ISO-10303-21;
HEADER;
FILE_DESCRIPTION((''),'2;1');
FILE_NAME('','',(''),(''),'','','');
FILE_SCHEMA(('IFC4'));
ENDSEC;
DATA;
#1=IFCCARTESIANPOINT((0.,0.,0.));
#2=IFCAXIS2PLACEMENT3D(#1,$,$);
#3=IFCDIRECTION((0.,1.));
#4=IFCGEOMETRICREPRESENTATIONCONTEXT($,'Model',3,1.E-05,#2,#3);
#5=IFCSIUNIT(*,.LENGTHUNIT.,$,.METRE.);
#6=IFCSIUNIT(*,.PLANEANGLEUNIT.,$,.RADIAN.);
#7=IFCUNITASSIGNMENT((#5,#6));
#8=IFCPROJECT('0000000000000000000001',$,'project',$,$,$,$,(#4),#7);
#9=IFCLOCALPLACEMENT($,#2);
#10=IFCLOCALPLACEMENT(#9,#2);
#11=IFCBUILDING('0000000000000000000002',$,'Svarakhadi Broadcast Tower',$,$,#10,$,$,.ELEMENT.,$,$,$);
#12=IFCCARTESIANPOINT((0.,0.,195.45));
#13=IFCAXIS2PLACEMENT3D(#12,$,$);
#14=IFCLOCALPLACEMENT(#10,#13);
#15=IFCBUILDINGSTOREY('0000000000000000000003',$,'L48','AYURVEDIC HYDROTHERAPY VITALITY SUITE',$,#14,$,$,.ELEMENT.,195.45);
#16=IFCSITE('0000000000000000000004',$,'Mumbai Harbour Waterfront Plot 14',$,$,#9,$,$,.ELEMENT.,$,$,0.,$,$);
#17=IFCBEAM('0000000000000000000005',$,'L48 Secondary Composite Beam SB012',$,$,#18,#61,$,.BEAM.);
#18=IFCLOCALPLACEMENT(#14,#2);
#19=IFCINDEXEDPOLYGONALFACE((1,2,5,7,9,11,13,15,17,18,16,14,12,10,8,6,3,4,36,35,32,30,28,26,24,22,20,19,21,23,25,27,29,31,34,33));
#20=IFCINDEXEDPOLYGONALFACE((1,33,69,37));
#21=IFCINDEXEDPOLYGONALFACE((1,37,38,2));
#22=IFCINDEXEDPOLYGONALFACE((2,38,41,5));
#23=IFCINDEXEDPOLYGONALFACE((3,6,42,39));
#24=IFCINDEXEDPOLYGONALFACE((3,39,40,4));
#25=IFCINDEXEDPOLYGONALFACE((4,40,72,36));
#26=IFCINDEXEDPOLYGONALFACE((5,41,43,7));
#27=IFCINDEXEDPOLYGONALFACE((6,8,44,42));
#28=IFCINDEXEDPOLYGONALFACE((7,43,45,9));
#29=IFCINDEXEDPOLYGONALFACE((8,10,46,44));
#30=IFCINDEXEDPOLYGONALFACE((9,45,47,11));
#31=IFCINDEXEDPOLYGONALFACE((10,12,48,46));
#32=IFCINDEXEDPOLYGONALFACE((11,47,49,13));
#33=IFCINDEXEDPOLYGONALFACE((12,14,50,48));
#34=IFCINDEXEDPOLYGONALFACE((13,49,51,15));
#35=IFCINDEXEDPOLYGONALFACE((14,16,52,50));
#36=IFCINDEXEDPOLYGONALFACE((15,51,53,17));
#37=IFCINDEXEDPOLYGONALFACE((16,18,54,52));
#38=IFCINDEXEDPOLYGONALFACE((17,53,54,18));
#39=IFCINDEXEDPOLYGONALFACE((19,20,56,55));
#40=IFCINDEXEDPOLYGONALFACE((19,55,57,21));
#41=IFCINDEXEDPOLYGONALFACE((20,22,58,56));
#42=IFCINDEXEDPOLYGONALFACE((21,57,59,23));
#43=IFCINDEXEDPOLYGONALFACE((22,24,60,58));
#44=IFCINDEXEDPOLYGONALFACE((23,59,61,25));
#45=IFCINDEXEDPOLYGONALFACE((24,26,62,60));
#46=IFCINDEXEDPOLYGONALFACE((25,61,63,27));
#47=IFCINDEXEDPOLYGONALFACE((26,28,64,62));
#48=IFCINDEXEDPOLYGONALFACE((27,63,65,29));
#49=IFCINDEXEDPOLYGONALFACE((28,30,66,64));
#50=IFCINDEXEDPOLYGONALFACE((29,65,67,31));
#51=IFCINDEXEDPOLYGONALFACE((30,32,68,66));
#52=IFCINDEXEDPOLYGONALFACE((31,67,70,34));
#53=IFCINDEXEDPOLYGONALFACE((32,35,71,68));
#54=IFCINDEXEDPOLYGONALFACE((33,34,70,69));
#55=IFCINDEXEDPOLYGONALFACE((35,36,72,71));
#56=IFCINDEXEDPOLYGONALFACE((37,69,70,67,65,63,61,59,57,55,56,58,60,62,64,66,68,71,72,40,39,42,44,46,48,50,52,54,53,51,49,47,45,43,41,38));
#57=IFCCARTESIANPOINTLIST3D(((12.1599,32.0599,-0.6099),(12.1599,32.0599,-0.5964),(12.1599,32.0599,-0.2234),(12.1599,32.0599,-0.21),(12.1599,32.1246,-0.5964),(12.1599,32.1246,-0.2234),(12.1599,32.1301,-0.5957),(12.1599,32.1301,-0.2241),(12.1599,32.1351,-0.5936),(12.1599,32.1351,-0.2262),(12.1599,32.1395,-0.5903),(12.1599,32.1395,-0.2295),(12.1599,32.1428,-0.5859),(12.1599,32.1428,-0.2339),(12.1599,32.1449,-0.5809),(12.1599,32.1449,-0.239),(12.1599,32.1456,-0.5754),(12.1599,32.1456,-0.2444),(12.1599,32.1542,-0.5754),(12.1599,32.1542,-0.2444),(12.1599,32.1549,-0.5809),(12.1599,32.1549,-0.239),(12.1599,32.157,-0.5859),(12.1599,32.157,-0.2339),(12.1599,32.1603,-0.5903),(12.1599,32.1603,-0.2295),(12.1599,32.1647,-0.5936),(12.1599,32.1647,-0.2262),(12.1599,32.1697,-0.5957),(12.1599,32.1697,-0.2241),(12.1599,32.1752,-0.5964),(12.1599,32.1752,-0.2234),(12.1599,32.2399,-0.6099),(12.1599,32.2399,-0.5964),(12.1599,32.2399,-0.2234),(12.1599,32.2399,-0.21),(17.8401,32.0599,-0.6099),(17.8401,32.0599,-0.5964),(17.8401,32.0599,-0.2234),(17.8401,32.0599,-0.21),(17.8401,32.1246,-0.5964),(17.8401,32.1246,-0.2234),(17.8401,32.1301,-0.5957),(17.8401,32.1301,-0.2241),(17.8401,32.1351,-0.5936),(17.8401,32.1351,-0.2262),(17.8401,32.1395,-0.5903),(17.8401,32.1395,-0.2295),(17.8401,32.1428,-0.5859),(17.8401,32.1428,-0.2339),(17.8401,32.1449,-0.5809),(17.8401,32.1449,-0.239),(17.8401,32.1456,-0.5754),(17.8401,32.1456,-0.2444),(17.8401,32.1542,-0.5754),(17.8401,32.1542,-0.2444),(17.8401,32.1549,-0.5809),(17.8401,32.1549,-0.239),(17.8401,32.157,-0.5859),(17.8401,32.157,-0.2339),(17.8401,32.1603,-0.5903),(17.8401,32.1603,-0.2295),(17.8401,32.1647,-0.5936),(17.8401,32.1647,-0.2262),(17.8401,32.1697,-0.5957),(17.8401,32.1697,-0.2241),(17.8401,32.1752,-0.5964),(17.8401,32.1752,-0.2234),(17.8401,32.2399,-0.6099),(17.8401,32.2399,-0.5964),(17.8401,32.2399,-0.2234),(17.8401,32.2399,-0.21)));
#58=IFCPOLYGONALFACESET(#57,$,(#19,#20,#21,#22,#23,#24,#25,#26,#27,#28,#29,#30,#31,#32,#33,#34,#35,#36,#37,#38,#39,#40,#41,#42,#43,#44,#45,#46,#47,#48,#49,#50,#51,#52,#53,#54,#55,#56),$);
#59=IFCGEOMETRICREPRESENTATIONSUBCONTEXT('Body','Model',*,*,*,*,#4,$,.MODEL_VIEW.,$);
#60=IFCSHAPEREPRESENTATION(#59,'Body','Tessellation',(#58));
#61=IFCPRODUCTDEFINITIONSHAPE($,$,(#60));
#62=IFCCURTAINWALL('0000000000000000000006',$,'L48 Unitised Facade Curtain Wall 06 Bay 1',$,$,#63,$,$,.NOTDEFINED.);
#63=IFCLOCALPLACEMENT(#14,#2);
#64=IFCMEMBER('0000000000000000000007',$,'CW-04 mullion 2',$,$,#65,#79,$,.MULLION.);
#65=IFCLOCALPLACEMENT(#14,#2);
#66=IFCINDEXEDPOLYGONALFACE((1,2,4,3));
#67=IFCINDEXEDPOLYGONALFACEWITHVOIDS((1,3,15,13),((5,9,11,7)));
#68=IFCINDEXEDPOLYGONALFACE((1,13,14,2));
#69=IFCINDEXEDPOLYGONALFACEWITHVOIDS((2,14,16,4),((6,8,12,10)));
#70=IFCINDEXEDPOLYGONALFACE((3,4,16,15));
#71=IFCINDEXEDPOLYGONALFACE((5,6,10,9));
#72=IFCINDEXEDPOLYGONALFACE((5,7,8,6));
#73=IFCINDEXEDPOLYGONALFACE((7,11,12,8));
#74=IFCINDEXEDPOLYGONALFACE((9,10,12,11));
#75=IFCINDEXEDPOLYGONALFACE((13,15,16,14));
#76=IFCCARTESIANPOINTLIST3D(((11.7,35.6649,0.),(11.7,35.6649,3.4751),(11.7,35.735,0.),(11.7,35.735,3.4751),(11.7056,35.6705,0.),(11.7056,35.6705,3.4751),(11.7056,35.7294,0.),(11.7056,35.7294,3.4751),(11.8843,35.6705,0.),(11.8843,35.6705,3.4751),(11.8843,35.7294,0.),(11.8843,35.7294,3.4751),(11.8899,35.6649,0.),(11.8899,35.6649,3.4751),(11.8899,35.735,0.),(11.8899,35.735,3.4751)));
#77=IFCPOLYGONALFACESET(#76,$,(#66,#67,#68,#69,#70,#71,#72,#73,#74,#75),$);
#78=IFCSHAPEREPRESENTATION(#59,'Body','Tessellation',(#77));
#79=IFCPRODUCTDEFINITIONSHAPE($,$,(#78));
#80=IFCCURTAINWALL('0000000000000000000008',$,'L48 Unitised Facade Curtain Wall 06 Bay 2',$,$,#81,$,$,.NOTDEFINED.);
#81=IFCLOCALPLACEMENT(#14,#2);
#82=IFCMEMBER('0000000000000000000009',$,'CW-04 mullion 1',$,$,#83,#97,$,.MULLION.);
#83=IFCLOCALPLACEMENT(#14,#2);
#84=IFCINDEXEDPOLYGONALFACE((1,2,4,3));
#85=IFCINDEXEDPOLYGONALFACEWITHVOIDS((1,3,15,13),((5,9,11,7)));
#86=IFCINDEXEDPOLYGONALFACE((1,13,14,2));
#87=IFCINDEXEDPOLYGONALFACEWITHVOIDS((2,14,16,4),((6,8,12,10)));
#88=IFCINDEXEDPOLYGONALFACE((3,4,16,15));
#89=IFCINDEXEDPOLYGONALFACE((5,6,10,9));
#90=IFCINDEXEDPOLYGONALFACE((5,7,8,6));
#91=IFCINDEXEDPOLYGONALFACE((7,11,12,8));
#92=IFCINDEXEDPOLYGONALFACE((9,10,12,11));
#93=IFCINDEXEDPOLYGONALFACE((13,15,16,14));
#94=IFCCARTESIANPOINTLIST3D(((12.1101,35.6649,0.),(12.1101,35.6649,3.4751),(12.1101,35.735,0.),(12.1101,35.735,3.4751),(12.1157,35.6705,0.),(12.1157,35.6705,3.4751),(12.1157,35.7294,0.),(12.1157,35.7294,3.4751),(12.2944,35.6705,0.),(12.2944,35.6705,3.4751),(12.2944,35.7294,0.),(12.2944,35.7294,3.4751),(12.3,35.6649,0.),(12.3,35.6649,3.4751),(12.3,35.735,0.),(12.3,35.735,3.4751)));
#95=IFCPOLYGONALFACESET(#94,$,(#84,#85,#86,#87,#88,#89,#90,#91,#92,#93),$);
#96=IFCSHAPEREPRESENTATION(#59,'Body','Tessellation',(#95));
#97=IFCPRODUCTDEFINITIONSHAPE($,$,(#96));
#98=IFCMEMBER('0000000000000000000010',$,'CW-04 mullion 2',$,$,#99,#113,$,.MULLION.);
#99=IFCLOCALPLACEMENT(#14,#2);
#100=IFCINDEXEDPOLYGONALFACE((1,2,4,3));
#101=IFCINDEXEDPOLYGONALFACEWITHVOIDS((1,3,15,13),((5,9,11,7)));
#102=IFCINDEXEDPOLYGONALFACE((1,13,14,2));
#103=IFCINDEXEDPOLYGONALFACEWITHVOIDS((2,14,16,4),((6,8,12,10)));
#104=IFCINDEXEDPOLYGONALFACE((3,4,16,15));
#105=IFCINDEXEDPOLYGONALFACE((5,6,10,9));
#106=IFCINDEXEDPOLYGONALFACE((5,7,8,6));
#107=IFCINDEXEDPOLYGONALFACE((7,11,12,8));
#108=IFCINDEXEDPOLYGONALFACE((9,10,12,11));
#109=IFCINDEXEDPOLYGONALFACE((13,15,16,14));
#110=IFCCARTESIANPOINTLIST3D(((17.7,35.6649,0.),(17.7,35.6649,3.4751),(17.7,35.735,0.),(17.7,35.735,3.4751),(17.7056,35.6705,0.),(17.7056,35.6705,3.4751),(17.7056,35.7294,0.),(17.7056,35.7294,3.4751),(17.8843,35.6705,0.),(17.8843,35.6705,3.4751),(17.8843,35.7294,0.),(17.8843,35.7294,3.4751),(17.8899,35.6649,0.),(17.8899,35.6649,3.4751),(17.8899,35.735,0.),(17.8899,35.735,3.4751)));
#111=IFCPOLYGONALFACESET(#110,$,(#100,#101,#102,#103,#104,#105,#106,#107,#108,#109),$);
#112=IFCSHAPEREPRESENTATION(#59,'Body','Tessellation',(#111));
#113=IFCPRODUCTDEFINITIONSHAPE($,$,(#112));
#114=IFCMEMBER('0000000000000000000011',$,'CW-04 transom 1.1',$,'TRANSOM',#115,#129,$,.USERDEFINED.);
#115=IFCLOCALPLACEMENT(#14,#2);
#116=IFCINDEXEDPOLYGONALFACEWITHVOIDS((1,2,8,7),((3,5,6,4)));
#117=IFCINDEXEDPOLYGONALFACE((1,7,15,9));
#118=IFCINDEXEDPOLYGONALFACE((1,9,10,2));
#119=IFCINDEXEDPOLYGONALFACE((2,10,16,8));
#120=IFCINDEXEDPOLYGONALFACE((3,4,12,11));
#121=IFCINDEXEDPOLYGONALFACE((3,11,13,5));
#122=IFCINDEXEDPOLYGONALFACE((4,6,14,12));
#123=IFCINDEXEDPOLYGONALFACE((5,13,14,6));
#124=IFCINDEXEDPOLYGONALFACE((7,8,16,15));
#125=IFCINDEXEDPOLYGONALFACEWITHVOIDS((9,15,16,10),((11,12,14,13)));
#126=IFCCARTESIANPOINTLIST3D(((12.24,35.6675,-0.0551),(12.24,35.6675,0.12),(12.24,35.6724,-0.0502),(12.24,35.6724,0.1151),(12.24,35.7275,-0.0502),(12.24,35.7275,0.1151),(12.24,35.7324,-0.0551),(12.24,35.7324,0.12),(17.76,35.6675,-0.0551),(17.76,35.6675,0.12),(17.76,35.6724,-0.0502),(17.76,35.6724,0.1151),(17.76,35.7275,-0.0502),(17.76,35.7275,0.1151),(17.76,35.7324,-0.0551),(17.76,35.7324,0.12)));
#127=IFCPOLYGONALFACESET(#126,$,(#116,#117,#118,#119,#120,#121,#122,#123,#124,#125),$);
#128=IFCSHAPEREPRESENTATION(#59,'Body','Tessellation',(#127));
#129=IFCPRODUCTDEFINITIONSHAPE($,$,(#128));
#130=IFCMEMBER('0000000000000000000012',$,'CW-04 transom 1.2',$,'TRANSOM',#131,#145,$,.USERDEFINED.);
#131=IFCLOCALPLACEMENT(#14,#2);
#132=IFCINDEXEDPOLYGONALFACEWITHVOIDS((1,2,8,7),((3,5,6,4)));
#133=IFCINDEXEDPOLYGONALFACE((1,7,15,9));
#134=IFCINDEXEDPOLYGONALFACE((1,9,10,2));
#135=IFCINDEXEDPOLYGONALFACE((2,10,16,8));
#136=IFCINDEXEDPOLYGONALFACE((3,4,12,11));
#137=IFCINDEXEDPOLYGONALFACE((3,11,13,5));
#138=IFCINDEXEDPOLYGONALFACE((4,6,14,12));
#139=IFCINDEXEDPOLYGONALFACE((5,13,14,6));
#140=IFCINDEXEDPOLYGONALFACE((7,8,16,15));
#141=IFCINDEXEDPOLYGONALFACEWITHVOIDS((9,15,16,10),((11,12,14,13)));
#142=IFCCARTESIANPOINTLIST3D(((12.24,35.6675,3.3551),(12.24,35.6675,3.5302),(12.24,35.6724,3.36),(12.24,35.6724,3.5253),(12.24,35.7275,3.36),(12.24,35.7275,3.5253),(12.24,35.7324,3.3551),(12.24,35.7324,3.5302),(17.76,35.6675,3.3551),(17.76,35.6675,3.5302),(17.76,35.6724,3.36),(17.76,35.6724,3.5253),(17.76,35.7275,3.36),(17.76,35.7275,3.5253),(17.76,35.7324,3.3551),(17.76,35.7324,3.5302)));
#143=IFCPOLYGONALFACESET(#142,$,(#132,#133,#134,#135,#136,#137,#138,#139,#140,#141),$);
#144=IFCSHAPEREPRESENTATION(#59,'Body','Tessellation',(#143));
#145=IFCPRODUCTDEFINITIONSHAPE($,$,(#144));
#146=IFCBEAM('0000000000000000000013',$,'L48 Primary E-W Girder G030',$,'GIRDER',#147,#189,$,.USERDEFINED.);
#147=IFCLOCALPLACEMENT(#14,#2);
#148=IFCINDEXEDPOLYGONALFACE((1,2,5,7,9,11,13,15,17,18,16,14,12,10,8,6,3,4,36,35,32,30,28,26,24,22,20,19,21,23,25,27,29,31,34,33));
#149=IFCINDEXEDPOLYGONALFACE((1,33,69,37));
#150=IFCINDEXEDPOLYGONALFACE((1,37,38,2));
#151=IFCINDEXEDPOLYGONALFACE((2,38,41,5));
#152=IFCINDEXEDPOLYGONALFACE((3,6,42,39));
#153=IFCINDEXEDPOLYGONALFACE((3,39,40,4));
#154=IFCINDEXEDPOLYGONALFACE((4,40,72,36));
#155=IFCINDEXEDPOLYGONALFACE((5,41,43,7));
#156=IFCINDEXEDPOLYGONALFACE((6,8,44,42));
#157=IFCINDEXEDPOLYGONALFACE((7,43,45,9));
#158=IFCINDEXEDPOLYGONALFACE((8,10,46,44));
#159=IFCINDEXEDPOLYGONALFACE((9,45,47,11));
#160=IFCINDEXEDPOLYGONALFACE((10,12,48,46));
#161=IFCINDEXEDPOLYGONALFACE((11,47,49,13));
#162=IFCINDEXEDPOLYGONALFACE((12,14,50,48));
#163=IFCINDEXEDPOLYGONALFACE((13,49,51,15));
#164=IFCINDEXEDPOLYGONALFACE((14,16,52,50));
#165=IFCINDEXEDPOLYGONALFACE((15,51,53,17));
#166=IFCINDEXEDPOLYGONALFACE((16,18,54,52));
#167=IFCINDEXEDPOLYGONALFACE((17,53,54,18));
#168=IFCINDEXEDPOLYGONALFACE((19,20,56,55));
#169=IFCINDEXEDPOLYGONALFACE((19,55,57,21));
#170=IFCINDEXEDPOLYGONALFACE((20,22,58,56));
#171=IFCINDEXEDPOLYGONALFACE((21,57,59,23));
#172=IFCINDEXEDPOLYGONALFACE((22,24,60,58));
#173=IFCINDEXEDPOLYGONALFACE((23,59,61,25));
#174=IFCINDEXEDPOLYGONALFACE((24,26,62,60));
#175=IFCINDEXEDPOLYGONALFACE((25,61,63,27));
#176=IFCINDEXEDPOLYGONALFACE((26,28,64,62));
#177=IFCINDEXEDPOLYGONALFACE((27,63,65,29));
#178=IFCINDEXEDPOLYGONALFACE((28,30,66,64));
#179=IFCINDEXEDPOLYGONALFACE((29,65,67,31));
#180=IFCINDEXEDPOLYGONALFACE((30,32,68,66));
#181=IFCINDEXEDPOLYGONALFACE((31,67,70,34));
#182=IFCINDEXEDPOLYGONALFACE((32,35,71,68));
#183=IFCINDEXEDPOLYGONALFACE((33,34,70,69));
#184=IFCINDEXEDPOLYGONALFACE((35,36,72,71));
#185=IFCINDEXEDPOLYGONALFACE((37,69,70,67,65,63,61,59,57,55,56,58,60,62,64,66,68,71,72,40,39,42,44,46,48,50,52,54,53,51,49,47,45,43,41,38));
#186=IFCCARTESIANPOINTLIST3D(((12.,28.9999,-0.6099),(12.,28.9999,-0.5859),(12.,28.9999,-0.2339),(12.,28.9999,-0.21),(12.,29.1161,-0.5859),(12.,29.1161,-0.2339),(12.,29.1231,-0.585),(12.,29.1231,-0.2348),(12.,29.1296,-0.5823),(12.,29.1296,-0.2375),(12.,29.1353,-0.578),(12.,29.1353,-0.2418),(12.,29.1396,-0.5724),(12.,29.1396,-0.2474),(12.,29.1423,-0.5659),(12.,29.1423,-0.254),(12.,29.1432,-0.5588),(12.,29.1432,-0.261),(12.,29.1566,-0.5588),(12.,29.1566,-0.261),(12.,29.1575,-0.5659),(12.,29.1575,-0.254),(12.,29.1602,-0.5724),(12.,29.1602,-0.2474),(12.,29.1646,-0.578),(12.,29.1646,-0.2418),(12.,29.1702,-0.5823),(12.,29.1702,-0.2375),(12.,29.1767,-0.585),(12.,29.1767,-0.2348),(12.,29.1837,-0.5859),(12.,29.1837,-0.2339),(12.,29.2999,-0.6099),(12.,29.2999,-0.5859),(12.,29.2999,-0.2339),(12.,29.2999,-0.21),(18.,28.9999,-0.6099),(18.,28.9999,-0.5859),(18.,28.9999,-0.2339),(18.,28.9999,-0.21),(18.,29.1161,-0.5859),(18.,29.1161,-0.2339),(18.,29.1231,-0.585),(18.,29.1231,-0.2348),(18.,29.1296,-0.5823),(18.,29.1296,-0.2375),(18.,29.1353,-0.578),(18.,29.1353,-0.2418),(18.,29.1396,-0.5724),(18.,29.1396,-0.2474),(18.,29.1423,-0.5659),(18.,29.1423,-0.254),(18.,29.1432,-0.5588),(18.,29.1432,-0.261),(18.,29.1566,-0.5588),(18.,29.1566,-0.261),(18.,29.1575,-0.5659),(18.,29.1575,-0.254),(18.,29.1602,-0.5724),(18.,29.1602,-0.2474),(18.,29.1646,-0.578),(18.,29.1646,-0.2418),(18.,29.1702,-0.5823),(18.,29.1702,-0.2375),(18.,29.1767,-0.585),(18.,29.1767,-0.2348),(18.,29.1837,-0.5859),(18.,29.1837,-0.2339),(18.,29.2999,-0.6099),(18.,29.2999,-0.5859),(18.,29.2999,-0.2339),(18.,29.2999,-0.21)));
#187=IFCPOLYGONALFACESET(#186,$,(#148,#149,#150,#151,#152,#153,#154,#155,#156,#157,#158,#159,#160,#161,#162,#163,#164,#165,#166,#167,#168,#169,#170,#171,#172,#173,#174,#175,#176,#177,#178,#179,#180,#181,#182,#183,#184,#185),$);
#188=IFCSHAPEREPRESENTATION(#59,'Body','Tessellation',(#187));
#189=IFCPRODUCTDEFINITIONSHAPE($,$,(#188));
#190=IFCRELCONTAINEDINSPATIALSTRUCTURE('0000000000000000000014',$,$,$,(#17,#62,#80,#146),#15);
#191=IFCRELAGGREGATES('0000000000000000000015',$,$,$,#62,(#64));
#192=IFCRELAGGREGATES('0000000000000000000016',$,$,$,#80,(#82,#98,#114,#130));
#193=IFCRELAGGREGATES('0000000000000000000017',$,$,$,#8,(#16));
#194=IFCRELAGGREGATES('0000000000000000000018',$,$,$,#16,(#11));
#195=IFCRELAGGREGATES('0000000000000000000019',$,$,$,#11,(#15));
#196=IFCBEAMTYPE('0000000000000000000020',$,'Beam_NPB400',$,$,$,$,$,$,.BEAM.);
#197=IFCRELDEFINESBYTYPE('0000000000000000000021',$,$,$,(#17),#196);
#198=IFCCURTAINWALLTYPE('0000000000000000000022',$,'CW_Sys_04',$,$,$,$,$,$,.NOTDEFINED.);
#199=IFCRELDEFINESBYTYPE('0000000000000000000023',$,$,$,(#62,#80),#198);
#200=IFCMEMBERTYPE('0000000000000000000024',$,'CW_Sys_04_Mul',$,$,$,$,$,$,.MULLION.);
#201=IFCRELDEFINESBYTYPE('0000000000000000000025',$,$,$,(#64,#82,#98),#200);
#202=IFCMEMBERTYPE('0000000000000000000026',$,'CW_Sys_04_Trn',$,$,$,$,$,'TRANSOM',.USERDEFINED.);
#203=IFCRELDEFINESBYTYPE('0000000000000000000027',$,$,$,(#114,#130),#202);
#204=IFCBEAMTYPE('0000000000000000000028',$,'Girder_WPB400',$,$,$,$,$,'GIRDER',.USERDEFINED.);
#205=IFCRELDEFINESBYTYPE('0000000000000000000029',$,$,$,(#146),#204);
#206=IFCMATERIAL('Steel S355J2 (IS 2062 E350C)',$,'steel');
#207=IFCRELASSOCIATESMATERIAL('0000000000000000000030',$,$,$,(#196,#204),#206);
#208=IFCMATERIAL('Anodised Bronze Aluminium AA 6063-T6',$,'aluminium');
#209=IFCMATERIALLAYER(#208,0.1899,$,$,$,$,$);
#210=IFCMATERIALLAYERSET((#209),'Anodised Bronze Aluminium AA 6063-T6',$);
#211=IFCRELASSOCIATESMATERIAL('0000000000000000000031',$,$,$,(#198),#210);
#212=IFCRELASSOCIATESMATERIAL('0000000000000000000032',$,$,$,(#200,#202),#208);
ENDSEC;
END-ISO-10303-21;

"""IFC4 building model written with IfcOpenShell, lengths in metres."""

from ifc_helpers import new_model, si_unit, direction, frame, origin, origin_2d, place, context, subcontext, project, spatial, hollow_rectangle, i_section, extrude, material, layer, layer_set, material_profile, profile_set, type_object, element, aggregate, save


model = new_model("IFC4")

# Units and contexts
model_context = context("Model", 3, precision=1e-05, world=origin(), true_north=direction((0.0, 1.0)))
body_context = subcontext(model_context, "Body", "Model", "MODEL_VIEW")
ifc_project = project(units=[si_unit("LENGTHUNIT", "METRE"), si_unit("PLANEANGLEUNIT", "RADIAN")], contexts=[model_context])

# Site, building, storey
site_placement = place(None, origin())
site = spatial("IfcSite", under=ifc_project, at=site_placement, Name="Mumbai Harbour Waterfront Plot 14", CompositionType="ELEMENT", RefElevation=0.0)
building_placement = place(site_placement, origin())
building = spatial("IfcBuilding", under=site, at=building_placement, Name="Svarakhadi Broadcast Tower", CompositionType="ELEMENT")
storey_placement = place(building_placement, frame((0.0, 0.0, 195.45)))
storey = spatial("IfcBuildingStorey", under=building, at=storey_placement, Name="L48", Description="AYURVEDIC HYDROTHERAPY VITALITY SUITE", CompositionType="ELEMENT", Elevation=195.45)

# Beam
ifc_material_1 = material(Name="Steel S355J2 (IS 2062 E350C)", Category="steel")
ifc_material_profile_1 = material_profile(ifc_material_1, i_section(OverallWidth=0.1799, OverallDepth=0.3999, WebThickness=0.0085, FlangeThickness=0.0134, FilletRadius=0.021, at=origin_2d()), Name="NPB 400x180x66")
ifc_profile_set_1 = profile_set([ifc_material_profile_1], Name="Steel S355J2 (IS 2062 E350C)")
beam_type_1 = type_object("IfcBeamType", Name="Beam_NPB400", PredefinedType="BEAM", material=ifc_profile_set_1)
beam_placement = place(storey_placement, frame((12.1599, 32.1499, -0.4099), z_axis=(1.0, 0.0, 0.0), x_axis=(0.0, 1.0, 0.0)))
element("IfcBeam", 1, at=beam_placement, inside=storey, type_object=beam_type_1, Name="L48 Secondary Composite Beam SB012", PredefinedType="BEAM", context=body_context, shape_type="SweptSolid", body=[
    extrude(i_section(OverallWidth=0.1799, OverallDepth=0.3999, WebThickness=0.0085, FlangeThickness=0.0134, FilletRadius=0.021, at=origin_2d()), origin(), (0.0, 0.0, 1.0), 5.6802),
])

# Curtain wall, member
ifc_material_2 = material(Name="Anodised Bronze Aluminium AA 6063-T6", Category="aluminium")
ifc_layer_1 = layer(ifc_material_2, 0.1899)
ifc_layer_set_1 = layer_set([ifc_layer_1], Name="Anodised Bronze Aluminium AA 6063-T6")
curtain_wall_type = type_object("IfcCurtainWallType", Name="CW_Sys_04", PredefinedType="NOTDEFINED", material=ifc_layer_set_1)
curtain_wall_1_placement = place(storey_placement, origin())
curtain_wall_1 = element("IfcCurtainWall", 2, at=curtain_wall_1_placement, inside=storey, type_object=curtain_wall_type, Name="L48 Unitised Facade Curtain Wall 06 Bay 1", PredefinedType="NOTDEFINED")
ifc_material_profile_2 = material_profile(ifc_material_2, hollow_rectangle(XDim=0.0701, YDim=0.1899, WallThickness=0.0056, at=origin_2d()), Name="ALU MULLION 190x70x6")
ifc_profile_set_2 = profile_set([ifc_material_profile_2], Name="Anodised Bronze Aluminium AA 6063-T6")
member_type_1 = type_object("IfcMemberType", Name="CW_Sys_04_Mul", PredefinedType="MULLION", material=ifc_profile_set_2)
member_1_placement = place(storey_placement, frame((11.7949, 35.7, 0.0), z_axis=(0.0, 0.0, 1.0), x_axis=(0.0, 1.0, 0.0)))
member_1 = element("IfcMember", 3, at=member_1_placement, type_object=member_type_1, Name="CW-04 mullion 2", PredefinedType="MULLION", context=body_context, shape_type="SweptSolid", body=[
    extrude(hollow_rectangle(XDim=0.0701, YDim=0.1899, WallThickness=0.0056, at=origin_2d()), origin(), (0.0, 0.0, 1.0), 3.4751),
])

# Curtain wall, members
curtain_wall_2_placement = place(storey_placement, origin())
curtain_wall_2 = element("IfcCurtainWall", 4, at=curtain_wall_2_placement, inside=storey, type_object=curtain_wall_type, Name="L48 Unitised Facade Curtain Wall 06 Bay 2", PredefinedType="NOTDEFINED")
member_2_placement = place(storey_placement, frame((12.2051, 35.7, 0.0), z_axis=(0.0, 0.0, 1.0), x_axis=(0.0, 1.0, 0.0)))
member_2 = element("IfcMember", 5, at=member_2_placement, type_object=member_type_1, Name="CW-04 mullion 1", PredefinedType="MULLION", context=body_context, shape_type="SweptSolid", body=[
    extrude(hollow_rectangle(XDim=0.0701, YDim=0.1899, WallThickness=0.0056, at=origin_2d()), origin(), (0.0, 0.0, 1.0), 3.4751),
])
member_3_placement = place(storey_placement, frame((17.7949, 35.7, 0.0), z_axis=(0.0, 0.0, 1.0), x_axis=(0.0, 1.0, 0.0)))
member_3 = element("IfcMember", 6, at=member_3_placement, type_object=member_type_1, Name="CW-04 mullion 2", PredefinedType="MULLION", context=body_context, shape_type="SweptSolid", body=[
    extrude(hollow_rectangle(XDim=0.0701, YDim=0.1899, WallThickness=0.0056, at=origin_2d()), origin(), (0.0, 0.0, 1.0), 3.4751),
])
ifc_material_profile_3 = material_profile(ifc_material_2, hollow_rectangle(XDim=0.0649, YDim=0.175, WallThickness=0.0049, at=origin_2d()), Name="ALU TRANSOM 175x65x5")
ifc_profile_set_3 = profile_set([ifc_material_profile_3], Name="Anodised Bronze Aluminium AA 6063-T6")
member_type_2 = type_object("IfcMemberType", Name="CW_Sys_04_Trn", ElementType="TRANSOM", PredefinedType="USERDEFINED", material=ifc_profile_set_3)
member_4_placement = place(storey_placement, frame((12.24, 35.7, 0.0325), z_axis=(1.0, 0.0, 0.0), x_axis=(0.0, 1.0, 0.0)))
member_4 = element("IfcMember", 7, at=member_4_placement, type_object=member_type_2, Name="CW-04 transom 1.1", ObjectType="TRANSOM", PredefinedType="USERDEFINED", context=body_context, shape_type="SweptSolid", body=[
    extrude(hollow_rectangle(XDim=0.0649, YDim=0.175, WallThickness=0.0049, at=origin_2d()), origin(), (0.0, 0.0, 1.0), 5.52),
])
member_5_placement = place(storey_placement, frame((12.24, 35.7, 3.4426), z_axis=(1.0, 0.0, 0.0), x_axis=(0.0, 1.0, 0.0)))
member_5 = element("IfcMember", 8, at=member_5_placement, type_object=member_type_2, Name="CW-04 transom 1.2", ObjectType="TRANSOM", PredefinedType="USERDEFINED", context=body_context, shape_type="SweptSolid", body=[
    extrude(hollow_rectangle(XDim=0.0649, YDim=0.175, WallThickness=0.0049, at=origin_2d()), origin(), (0.0, 0.0, 1.0), 5.52),
])

# Beam
ifc_material_profile_4 = material_profile(ifc_material_1, i_section(OverallWidth=0.3, OverallDepth=0.3999, WebThickness=0.0134, FlangeThickness=0.0239, FilletRadius=0.0271, at=origin_2d()), Name="WPB 400x300x155")
ifc_profile_set_4 = profile_set([ifc_material_profile_4], Name="Steel S355J2 (IS 2062 E350C)")
beam_type_2 = type_object("IfcBeamType", Name="Girder_WPB400", ElementType="GIRDER", PredefinedType="USERDEFINED", material=ifc_profile_set_4)
for number, where, z_axis, x_axis, name in (
    (9, (12.0, 29.1499, -0.4099), (1.0, 0.0, 0.0), (0.0, 1.0, 0.0), "L48 Primary E-W Girder G030"),
):
    element("IfcBeam", number, at=place(storey_placement, frame(where, z_axis=z_axis, x_axis=x_axis)), inside=storey, type_object=beam_type_2, Name=name, ObjectType="GIRDER", PredefinedType="USERDEFINED", context=body_context, shape_type="SweptSolid", body=[
        extrude(i_section(OverallWidth=0.3, OverallDepth=0.3999, WebThickness=0.0134, FlangeThickness=0.0239, FilletRadius=0.0271, at=origin_2d()), origin(), (0.0, 0.0, 1.0), 6.0),
    ])

aggregate(curtain_wall_1, [member_1])
aggregate(curtain_wall_2, [member_2, member_3, member_4, member_5])

save(model, "model.ifc")
